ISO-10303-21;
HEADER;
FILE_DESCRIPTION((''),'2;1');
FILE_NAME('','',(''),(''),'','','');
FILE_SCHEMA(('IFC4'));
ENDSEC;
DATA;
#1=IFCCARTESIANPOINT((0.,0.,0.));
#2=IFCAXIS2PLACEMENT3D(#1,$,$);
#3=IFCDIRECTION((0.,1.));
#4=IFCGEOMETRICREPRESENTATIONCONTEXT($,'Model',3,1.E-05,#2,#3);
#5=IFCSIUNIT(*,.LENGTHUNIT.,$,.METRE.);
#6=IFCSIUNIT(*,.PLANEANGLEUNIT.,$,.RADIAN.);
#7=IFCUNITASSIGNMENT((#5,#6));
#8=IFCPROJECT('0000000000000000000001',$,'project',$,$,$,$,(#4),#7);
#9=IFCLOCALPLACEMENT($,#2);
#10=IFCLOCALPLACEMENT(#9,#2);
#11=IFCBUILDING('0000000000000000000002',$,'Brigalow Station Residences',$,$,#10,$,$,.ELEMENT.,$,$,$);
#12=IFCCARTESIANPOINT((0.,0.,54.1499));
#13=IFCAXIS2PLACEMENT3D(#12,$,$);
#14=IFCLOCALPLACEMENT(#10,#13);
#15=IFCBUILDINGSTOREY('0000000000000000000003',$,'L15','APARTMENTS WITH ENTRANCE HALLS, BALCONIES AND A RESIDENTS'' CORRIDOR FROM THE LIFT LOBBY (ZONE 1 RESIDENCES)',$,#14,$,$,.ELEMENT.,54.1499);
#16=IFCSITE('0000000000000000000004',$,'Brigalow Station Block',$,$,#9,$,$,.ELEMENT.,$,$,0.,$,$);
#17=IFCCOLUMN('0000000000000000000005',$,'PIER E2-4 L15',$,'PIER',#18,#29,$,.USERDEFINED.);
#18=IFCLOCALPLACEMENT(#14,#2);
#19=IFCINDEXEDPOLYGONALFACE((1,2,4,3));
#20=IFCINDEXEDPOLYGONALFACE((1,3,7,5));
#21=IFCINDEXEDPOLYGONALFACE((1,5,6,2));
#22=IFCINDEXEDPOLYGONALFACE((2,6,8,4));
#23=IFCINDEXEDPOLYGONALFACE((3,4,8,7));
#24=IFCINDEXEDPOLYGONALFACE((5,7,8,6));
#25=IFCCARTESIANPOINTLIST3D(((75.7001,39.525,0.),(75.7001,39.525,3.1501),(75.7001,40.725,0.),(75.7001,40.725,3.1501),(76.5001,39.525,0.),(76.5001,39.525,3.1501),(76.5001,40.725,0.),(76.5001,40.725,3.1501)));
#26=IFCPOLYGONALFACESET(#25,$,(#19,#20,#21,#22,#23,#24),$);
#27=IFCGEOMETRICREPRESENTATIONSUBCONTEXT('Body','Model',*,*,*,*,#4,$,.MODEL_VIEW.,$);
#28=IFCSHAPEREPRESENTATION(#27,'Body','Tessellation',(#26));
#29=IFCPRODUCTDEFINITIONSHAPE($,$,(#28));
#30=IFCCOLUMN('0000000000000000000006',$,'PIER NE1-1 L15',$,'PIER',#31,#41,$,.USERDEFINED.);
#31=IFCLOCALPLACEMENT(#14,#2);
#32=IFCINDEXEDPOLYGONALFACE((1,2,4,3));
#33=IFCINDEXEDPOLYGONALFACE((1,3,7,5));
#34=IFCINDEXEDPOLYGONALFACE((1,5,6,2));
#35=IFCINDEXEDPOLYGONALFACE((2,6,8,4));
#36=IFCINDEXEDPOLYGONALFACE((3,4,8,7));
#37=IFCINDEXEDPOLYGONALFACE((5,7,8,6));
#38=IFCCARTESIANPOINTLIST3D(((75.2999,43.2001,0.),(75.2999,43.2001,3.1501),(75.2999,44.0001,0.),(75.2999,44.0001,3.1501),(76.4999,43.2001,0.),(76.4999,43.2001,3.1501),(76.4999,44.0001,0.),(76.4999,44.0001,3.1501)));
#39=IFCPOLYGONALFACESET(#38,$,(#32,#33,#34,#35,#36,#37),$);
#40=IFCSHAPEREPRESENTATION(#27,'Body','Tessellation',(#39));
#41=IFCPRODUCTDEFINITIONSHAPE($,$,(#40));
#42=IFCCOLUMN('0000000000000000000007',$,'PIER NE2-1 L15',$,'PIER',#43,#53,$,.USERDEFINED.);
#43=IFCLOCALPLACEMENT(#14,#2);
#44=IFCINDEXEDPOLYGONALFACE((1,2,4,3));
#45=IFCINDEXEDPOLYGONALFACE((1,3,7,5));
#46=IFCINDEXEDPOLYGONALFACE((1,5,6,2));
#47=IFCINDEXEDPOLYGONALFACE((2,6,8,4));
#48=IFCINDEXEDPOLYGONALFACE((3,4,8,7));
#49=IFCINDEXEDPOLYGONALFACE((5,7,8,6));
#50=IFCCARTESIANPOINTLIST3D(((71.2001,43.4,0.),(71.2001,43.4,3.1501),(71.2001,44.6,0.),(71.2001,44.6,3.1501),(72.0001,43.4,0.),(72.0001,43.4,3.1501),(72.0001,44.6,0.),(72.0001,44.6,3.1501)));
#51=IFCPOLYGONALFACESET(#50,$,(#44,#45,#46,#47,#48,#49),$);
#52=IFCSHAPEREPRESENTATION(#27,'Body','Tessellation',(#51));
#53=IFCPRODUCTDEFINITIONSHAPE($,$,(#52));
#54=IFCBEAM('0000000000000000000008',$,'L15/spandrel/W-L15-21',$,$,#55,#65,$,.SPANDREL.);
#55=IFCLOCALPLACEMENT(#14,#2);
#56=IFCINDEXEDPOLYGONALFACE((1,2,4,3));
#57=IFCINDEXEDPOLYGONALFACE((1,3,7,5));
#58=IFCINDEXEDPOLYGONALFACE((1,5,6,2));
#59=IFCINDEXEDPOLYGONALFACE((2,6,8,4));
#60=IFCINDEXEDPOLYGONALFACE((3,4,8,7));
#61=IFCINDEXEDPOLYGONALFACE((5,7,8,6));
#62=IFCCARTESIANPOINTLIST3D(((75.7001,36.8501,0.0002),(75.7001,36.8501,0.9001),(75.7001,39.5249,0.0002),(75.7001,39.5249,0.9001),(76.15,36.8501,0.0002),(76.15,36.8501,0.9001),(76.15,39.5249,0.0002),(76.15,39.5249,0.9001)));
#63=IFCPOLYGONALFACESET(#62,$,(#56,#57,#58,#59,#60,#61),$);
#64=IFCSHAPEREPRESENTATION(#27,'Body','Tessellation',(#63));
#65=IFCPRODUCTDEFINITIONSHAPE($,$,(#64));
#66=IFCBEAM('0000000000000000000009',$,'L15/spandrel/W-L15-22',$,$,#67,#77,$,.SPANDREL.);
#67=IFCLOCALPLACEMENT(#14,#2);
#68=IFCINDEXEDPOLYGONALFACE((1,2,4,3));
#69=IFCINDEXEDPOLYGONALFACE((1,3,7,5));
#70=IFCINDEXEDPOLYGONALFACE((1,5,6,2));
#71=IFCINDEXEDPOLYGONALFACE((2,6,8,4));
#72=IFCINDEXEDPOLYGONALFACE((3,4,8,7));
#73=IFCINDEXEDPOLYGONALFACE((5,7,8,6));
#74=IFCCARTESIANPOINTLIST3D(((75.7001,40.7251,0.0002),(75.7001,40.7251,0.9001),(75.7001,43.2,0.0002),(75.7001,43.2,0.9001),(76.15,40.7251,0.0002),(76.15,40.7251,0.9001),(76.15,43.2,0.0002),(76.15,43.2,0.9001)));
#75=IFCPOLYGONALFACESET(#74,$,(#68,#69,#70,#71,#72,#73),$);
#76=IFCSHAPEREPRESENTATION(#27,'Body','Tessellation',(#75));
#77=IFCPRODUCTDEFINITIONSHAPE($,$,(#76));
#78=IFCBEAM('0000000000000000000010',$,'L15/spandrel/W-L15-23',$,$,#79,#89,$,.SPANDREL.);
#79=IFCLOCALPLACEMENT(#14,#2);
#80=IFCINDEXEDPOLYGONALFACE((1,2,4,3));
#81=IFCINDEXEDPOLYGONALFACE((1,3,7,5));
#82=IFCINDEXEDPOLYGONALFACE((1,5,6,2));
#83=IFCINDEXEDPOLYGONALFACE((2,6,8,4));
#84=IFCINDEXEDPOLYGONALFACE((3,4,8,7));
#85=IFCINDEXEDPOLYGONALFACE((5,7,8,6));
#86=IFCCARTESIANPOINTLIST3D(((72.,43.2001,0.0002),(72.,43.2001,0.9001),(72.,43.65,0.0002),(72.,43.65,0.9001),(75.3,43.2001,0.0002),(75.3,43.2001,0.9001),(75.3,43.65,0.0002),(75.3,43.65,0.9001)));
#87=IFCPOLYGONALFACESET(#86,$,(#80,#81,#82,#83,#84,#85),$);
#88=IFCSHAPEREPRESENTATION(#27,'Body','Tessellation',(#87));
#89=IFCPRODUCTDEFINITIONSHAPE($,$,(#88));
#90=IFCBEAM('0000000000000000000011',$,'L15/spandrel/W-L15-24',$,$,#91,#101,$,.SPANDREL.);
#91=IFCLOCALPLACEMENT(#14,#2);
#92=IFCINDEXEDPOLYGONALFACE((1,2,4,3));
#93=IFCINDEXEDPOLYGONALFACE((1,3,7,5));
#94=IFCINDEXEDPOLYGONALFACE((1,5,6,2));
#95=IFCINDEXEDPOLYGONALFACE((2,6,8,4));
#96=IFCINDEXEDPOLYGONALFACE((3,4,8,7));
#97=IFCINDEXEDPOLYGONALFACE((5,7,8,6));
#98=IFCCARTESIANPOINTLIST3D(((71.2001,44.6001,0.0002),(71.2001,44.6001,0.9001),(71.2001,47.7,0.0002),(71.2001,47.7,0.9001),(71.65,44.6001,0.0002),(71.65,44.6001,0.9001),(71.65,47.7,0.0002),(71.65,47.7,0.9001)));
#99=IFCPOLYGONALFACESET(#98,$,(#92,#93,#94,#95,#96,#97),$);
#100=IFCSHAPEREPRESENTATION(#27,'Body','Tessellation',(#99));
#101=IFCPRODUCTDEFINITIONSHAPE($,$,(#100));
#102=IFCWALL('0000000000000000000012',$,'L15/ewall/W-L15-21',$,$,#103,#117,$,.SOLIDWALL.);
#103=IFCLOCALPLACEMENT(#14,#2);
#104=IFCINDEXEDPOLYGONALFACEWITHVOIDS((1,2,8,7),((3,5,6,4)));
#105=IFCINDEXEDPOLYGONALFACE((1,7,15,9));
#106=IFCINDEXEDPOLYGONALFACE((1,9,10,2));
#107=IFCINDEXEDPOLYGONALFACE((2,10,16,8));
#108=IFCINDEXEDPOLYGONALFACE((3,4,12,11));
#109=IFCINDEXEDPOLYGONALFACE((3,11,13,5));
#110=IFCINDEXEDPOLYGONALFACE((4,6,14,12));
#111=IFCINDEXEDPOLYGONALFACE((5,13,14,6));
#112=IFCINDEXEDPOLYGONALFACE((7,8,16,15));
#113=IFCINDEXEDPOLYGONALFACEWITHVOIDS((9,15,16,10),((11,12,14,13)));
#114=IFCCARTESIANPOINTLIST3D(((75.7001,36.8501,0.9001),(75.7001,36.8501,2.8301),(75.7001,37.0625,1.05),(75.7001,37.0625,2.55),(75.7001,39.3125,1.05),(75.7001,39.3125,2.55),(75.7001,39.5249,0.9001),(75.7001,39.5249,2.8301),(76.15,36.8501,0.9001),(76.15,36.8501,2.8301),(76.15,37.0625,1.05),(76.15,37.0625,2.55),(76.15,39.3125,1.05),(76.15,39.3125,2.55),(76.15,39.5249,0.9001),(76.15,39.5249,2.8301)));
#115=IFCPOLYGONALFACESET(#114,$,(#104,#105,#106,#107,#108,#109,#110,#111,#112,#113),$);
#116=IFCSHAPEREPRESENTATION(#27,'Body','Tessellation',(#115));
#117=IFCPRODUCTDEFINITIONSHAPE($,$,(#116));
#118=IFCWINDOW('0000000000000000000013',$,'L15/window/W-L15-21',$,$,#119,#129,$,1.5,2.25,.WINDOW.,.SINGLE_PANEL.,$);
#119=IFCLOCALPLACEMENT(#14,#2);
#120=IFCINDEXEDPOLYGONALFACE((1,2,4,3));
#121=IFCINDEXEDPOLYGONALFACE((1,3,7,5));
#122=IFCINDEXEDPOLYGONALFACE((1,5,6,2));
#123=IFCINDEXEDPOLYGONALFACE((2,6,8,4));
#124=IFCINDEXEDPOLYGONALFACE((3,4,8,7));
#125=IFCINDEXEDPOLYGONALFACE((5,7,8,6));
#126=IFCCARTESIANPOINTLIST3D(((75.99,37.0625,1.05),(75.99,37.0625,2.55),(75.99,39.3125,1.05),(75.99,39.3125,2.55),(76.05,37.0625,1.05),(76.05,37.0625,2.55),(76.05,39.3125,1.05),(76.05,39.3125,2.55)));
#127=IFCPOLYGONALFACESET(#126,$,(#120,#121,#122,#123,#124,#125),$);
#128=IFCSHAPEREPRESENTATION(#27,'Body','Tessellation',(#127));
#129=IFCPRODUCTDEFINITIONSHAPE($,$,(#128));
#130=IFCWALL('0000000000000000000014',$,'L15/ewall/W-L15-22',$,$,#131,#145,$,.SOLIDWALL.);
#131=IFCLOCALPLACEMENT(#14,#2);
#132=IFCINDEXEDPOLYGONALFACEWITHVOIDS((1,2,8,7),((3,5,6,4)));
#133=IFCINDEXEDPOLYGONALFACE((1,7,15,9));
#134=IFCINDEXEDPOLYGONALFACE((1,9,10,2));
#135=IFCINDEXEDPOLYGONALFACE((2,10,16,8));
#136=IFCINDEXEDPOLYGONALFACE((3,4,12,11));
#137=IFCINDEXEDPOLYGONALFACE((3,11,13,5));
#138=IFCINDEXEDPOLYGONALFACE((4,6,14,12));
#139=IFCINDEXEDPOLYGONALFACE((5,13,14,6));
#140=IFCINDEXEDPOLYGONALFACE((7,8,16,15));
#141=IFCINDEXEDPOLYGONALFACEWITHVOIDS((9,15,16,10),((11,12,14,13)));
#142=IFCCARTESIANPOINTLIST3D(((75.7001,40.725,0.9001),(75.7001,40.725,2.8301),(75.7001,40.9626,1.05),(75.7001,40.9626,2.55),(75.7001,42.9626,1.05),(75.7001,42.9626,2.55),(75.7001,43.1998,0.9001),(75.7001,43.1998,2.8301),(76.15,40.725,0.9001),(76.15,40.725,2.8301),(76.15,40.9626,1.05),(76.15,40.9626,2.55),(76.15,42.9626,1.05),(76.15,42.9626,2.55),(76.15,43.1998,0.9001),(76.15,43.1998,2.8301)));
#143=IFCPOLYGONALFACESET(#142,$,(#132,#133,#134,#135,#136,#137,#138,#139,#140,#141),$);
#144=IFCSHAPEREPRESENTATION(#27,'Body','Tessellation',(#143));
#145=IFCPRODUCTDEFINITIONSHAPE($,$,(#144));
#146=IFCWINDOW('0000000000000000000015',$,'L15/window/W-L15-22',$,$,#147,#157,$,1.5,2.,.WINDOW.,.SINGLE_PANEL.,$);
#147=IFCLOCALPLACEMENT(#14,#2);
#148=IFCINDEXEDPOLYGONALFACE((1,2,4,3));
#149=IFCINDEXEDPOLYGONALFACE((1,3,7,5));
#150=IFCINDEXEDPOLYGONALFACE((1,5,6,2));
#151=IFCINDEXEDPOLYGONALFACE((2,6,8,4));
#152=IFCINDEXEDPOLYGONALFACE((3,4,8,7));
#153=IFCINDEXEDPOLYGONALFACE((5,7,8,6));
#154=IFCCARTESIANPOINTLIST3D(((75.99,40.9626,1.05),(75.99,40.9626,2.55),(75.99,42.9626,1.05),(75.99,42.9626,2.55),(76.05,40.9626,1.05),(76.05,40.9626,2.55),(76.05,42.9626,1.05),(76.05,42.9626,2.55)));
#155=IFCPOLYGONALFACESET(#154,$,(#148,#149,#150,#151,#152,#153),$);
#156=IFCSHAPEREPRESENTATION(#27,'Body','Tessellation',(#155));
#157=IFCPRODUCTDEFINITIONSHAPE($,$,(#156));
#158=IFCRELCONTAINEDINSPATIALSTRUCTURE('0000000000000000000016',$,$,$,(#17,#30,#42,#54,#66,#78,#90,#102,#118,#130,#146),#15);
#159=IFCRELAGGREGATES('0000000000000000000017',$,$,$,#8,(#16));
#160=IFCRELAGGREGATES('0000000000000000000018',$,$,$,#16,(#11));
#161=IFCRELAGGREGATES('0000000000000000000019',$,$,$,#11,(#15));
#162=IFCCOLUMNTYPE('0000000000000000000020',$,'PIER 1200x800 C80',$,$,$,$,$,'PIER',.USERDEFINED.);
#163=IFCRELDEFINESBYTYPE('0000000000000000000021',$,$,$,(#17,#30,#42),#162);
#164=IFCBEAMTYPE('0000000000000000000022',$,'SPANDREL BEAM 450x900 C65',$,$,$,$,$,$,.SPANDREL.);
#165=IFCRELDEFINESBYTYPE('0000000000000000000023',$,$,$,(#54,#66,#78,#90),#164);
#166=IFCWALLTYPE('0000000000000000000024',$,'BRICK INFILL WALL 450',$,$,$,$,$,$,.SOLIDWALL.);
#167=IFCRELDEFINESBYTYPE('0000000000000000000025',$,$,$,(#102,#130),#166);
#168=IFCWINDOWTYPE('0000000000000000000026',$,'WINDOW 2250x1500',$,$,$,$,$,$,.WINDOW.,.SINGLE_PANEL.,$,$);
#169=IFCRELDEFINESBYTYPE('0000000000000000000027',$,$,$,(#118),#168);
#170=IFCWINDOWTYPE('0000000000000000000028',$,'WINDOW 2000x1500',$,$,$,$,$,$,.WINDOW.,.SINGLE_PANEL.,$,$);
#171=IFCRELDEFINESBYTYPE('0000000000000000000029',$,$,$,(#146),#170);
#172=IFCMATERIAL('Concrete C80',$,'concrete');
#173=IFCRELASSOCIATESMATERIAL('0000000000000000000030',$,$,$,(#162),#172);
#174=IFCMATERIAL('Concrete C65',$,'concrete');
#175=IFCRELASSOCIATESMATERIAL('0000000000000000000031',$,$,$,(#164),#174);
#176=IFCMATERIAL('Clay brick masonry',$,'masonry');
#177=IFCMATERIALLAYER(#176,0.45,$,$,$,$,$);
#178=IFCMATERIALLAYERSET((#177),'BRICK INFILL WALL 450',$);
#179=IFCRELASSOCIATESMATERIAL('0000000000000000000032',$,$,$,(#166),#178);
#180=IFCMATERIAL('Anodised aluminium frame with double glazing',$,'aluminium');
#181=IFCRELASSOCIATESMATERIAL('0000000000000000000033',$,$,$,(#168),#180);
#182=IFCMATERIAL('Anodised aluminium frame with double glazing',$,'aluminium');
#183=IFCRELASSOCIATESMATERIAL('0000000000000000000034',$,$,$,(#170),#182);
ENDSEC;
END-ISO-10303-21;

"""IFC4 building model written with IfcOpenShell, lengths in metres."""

from ifc_helpers import new_model, si_unit, direction, frame, frame_2d, origin, origin_2d, place, context, subcontext, project, spatial, rectangle, extrude, material, layer, layer_set, material_profile, profile_set, type_object, element, fill, save


model = new_model("IFC4")

# Units and contexts
model_context = context("Model", 3, precision=1e-05, world=origin(), true_north=direction((0.0, 1.0)))
body_context = subcontext(model_context, "Body", "Model", "MODEL_VIEW")
ifc_project = project(units=[si_unit("LENGTHUNIT", "METRE"), si_unit("PLANEANGLEUNIT", "RADIAN")], contexts=[model_context])

# Site, building, storey
site_placement = place(None, origin())
site = spatial("IfcSite", under=ifc_project, at=site_placement, Name="Brigalow Station Block", CompositionType="ELEMENT", RefElevation=0.0)
building_placement = place(site_placement, origin())
building = spatial("IfcBuilding", under=site, at=building_placement, Name="Brigalow Station Residences", CompositionType="ELEMENT")
storey_placement = place(building_placement, frame((0.0, 0.0, 54.1499)))
storey = spatial("IfcBuildingStorey", under=building, at=storey_placement, Name="L15", Description="APARTMENTS WITH ENTRANCE HALLS, BALCONIES AND A RESIDENTS' CORRIDOR FROM THE LIFT LOBBY (ZONE 1 RESIDENCES)", CompositionType="ELEMENT", Elevation=54.1499)

# Columns
ifc_material_1 = material(Name="Concrete C80", Category="concrete")
ifc_material_profile_1 = material_profile(ifc_material_1, rectangle(XDim=1.2, YDim=0.8, at=origin_2d()), Name="RC1200x800")
ifc_profile_set_1 = profile_set([ifc_material_profile_1], Name="Concrete C80")
column_type = type_object("IfcColumnType", Name="PIER 1200x800 C80", ElementType="PIER", PredefinedType="USERDEFINED", material=ifc_profile_set_1)
for number, where, z_axis, x_axis, name in (
    (1, (76.1001, 40.125, 0.0), (0.0, 0.0, 1.0), (0.0, 1.0, 0.0), "PIER E2-4 L15"),
    (2, (75.8999, 43.6001, 0.0), (0.0, 0.0, 1.0), (-1.0, 0.0, 0.0), "PIER NE1-1 L15"),
    (3, (71.6001, 44.0, 0.0), (0.0, 0.0, 1.0), (0.0, 1.0, 0.0), "PIER NE2-1 L15"),
):
    element("IfcColumn", number, at=place(storey_placement, frame(where, z_axis=z_axis, x_axis=x_axis)), inside=storey, type_object=column_type, Name=name, ObjectType="PIER", PredefinedType="USERDEFINED", context=body_context, shape_type="SweptSolid", body=[
        extrude(rectangle(XDim=1.2, YDim=0.8, at=origin_2d()), origin(), (0.0, 0.0, 1.0), 3.1501),
    ])

# Beams
ifc_material_2 = material(Name="Concrete C65", Category="concrete")
ifc_material_profile_2 = material_profile(ifc_material_2, rectangle(XDim=0.45, YDim=0.8999, at=origin_2d()), Name="RC450x900")
ifc_profile_set_2 = profile_set([ifc_material_profile_2], Name="Concrete C65")
beam_type = type_object("IfcBeamType", Name="SPANDREL BEAM 450x900 C65", PredefinedType="SPANDREL", material=ifc_profile_set_2)
beam_1_placement = place(storey_placement, frame((75.925, 36.8501, 0.4502), z_axis=(0.0, 1.0, 0.0), x_axis=(-1.0, 0.0, 0.0)))
element("IfcBeam", 4, at=beam_1_placement, inside=storey, type_object=beam_type, Name="L15/spandrel/W-L15-21", PredefinedType="SPANDREL", context=body_context, shape_type="SweptSolid", body=[
    extrude(rectangle(XDim=0.45, YDim=0.8999, at=origin_2d()), origin(), (0.0, 0.0, 1.0), 2.6748),
])
beam_2_placement = place(storey_placement, frame((75.925, 40.7251, 0.4502), z_axis=(0.0, 1.0, 0.0), x_axis=(-1.0, 0.0, 0.0)))
element("IfcBeam", 5, at=beam_2_placement, inside=storey, type_object=beam_type, Name="L15/spandrel/W-L15-22", PredefinedType="SPANDREL", context=body_context, shape_type="SweptSolid", body=[
    extrude(rectangle(XDim=0.45, YDim=0.8999, at=origin_2d()), origin(), (0.0, 0.0, 1.0), 2.4749),
])
beam_3_placement = place(storey_placement, frame((75.3, 43.425, 0.4502), z_axis=(-1.0, 0.0, 0.0), x_axis=(0.0, -1.0, 0.0)))
element("IfcBeam", 6, at=beam_3_placement, inside=storey, type_object=beam_type, Name="L15/spandrel/W-L15-23", PredefinedType="SPANDREL", context=body_context, shape_type="SweptSolid", body=[
    extrude(rectangle(XDim=0.45, YDim=0.8999, at=origin_2d()), origin(), (0.0, 0.0, 1.0), 3.3),
])
beam_4_placement = place(storey_placement, frame((71.425, 44.6001, 0.4502), z_axis=(0.0, 1.0, 0.0), x_axis=(-1.0, 0.0, 0.0)))
element("IfcBeam", 7, at=beam_4_placement, inside=storey, type_object=beam_type, Name="L15/spandrel/W-L15-24", PredefinedType="SPANDREL", context=body_context, shape_type="SweptSolid", body=[
    extrude(rectangle(XDim=0.45, YDim=0.8999, at=origin_2d()), origin(), (0.0, 0.0, 1.0), 3.0999),
])

# Walls, openings, windows
ifc_material_3 = material(Name="Clay brick masonry", Category="masonry")
ifc_layer_1 = layer(ifc_material_3, 0.45)
ifc_layer_set_1 = layer_set([ifc_layer_1], Name="BRICK INFILL WALL 450")
wall_type_1 = type_object("IfcWallType", Name="BRICK INFILL WALL 450", PredefinedType="SOLIDWALL", material=ifc_layer_set_1)
wall_1_placement = place(storey_placement, frame((75.925, 36.8501, 0.9001), z_axis=(0.0, 0.0, 1.0), x_axis=(0.0, 1.0, 0.0)))
wall_1 = element("IfcWall", 8, at=wall_1_placement, inside=storey, type_object=wall_type_1, Name="L15/ewall/W-L15-21", PredefinedType="SOLIDWALL", context=body_context, shape_type="SweptSolid", body=[
    extrude(rectangle(XDim=2.6748, YDim=0.45, at=frame_2d((1.3374, 0.0))), origin(), (0.0, 0.0, 1.0), 1.9299),
])
opening_1_placement = place(wall_1_placement, frame((0.2124, 0.0, 0.1499)))
opening_1 = element("IfcOpeningElement", 9, at=opening_1_placement, cuts=wall_1, PredefinedType="OPENING", context=body_context, shape_type="SweptSolid", body=[
    extrude(rectangle(XDim=2.25, YDim=1.5, at=frame_2d((1.125, 0.75))), frame((0.0, 0.2349, 0.0), z_axis=(0.0, -1.0, 0.0), x_axis=(1.0, 0.0, 0.0)), (0.0, 0.0, 1.0), 0.47),
])
ifc_material_4 = material(Name="Anodised aluminium frame with double glazing", Category="aluminium")
window_type_1 = type_object("IfcWindowType", Name="WINDOW 2250x1500", PartitioningType="SINGLE_PANEL", PredefinedType="WINDOW", material=ifc_material_4)
window_1_placement = place(opening_1_placement, origin())
window_1 = element("IfcWindow", 10, at=window_1_placement, inside=storey, type_object=window_type_1, Name="L15/window/W-L15-21", OverallHeight=1.5, OverallWidth=2.25, PartitioningType="SINGLE_PANEL", PredefinedType="WINDOW", context=body_context, shape_type="SweptSolid", body=[
    extrude(rectangle(XDim=2.25, YDim=1.5, at=frame_2d((1.125, 0.75))), frame((0.0, -0.0649, 0.0), z_axis=(0.0, -1.0, 0.0), x_axis=(1.0, 0.0, 0.0)), (0.0, 0.0, 1.0), 0.0601),
])
fill(opening_1, window_1)
wall_2_placement = place(storey_placement, frame((75.925, 40.7251, 0.9001), z_axis=(0.0, 0.0, 1.0), x_axis=(0.0, 1.0, 0.0)))
wall_2 = element("IfcWall", 11, at=wall_2_placement, inside=storey, type_object=wall_type_1, Name="L15/ewall/W-L15-22", PredefinedType="SOLIDWALL", context=body_context, shape_type="SweptSolid", body=[
    extrude(rectangle(XDim=2.4749, YDim=0.45, at=frame_2d((1.2373, 0.0))), origin(), (0.0, 0.0, 1.0), 1.9299),
])
opening_2_placement = place(wall_2_placement, frame((0.2375, 0.0, 0.1499)))
opening_2 = element("IfcOpeningElement", 12, at=opening_2_placement, cuts=wall_2, PredefinedType="OPENING", context=body_context, shape_type="SweptSolid", body=[
    extrude(rectangle(XDim=2.0, YDim=1.5, at=frame_2d((1.0, 0.75))), frame((0.0, 0.2349, 0.0), z_axis=(0.0, -1.0, 0.0), x_axis=(1.0, 0.0, 0.0)), (0.0, 0.0, 1.0), 0.47),
])
ifc_material_5 = material(Name="Anodised aluminium frame with double glazing", Category="aluminium")
window_type_2 = type_object("IfcWindowType", Name="WINDOW 2000x1500", PartitioningType="SINGLE_PANEL", PredefinedType="WINDOW", material=ifc_material_5)
window_2_placement = place(opening_2_placement, origin())
window_2 = element("IfcWindow", 13, at=window_2_placement, inside=storey, type_object=window_type_2, Name="L15/window/W-L15-22", OverallHeight=1.5, OverallWidth=2.0, PartitioningType="SINGLE_PANEL", PredefinedType="WINDOW", context=body_context, shape_type="SweptSolid", body=[
    extrude(rectangle(XDim=2.0, YDim=1.5, at=frame_2d((1.0, 0.75))), frame((0.0, -0.0649, 0.0), z_axis=(0.0, -1.0, 0.0), x_axis=(1.0, 0.0, 0.0)), (0.0, 0.0, 1.0), 0.0601),
])
fill(opening_2, window_2)

save(model, "model.ifc")
